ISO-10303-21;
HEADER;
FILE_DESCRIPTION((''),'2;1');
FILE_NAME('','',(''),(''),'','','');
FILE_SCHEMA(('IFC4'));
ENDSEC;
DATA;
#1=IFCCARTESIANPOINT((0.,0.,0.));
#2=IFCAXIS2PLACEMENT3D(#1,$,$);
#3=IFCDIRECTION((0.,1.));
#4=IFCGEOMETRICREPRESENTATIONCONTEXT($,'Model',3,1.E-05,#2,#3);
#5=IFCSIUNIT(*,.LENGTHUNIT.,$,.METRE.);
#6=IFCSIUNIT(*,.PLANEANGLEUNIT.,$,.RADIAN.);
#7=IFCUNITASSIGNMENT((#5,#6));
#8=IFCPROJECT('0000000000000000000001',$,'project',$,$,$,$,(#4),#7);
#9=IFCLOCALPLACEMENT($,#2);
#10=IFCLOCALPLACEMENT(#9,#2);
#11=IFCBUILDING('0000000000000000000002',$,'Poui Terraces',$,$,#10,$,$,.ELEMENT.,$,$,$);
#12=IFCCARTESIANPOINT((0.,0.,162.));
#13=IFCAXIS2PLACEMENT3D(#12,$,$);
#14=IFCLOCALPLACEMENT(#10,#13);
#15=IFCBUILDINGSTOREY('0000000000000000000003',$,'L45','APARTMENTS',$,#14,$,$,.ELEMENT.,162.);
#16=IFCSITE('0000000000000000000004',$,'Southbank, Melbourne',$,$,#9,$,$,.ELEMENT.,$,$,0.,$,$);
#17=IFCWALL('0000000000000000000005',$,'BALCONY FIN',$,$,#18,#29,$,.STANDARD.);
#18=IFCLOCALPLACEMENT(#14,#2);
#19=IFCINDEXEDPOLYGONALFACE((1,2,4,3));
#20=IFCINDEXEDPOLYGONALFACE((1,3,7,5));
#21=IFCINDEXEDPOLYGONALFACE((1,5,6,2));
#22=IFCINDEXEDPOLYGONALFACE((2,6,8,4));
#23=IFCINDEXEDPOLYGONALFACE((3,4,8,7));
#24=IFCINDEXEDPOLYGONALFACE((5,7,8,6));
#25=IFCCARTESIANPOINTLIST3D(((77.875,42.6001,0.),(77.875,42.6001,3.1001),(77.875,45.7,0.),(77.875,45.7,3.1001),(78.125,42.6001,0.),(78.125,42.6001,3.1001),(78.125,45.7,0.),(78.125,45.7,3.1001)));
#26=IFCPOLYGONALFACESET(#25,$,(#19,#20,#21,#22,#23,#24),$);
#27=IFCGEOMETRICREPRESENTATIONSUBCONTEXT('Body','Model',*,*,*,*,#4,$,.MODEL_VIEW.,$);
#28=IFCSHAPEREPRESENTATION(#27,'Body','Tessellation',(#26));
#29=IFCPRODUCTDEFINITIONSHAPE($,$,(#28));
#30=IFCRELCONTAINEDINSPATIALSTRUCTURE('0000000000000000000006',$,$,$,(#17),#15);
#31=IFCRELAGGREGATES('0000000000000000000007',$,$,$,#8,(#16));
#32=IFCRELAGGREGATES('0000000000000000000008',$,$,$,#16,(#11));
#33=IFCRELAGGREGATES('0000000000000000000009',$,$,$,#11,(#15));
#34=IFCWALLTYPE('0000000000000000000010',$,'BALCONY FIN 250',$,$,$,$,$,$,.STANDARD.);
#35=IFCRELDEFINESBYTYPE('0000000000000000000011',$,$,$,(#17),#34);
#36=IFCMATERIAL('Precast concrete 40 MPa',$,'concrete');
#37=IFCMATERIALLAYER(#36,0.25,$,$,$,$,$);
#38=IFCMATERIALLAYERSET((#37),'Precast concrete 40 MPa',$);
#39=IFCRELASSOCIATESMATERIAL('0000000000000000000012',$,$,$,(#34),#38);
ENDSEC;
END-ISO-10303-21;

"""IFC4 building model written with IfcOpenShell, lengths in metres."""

from ifc_helpers import new_model, si_unit, direction, frame, origin, place, context, subcontext, project, spatial, polyline, outline, extrude, source, transform, mapped, material, layer, layer_set, type_object, element, save


model = new_model("IFC4")

# Units and contexts
model_context = context("Model", 3, precision=1e-05, world=origin(), true_north=direction((0.0, 1.0)))
body_context = subcontext(model_context, "Body", "Model", "MODEL_VIEW")
ifc_project = project(units=[si_unit("LENGTHUNIT", "METRE"), si_unit("PLANEANGLEUNIT", "RADIAN")], contexts=[model_context])

# Site, building, storey
site_placement = place(None, origin())
site = spatial("IfcSite", under=ifc_project, at=site_placement, Name="Southbank, Melbourne", CompositionType="ELEMENT", RefElevation=0.0)
building_placement = place(site_placement, origin())
building = spatial("IfcBuilding", under=site, at=building_placement, Name="Poui Terraces", CompositionType="ELEMENT")
storey_placement = place(building_placement, frame((0.0, 0.0, 162.0)))
storey = spatial("IfcBuildingStorey", under=building, at=storey_placement, Name="L45", Description="APARTMENTS", CompositionType="ELEMENT", Elevation=162.0)

# Shared definitions
ifc_material_1 = material(Name="Precast concrete 40 MPa", Category="concrete")

# Wall
ifc_layer_1 = layer(ifc_material_1, 0.25)
ifc_layer_set_1 = layer_set([ifc_layer_1], Name="Precast concrete 40 MPa")
wall_type_1 = type_object("IfcWallType", Name="BALCONY FIN 250", PredefinedType="STANDARD", material=ifc_layer_set_1)
shared_shape_1 = source(origin(), body_context, "Body", "SweptSolid", [
    extrude(outline(polyline([(0.0, 0.0), (0.25, 0.0), (0.25, 3.0999), (0.0, 3.0999), (0.0, 0.0)])), origin(), (0.0, 0.0, 1.0), 3.1001),
])
wall_1_placement = place(storey_placement, frame((77.875, 42.6001, 0.0)))
element("IfcWall", 1, at=wall_1_placement, inside=storey, type_object=wall_type_1, Name="BALCONY FIN", PredefinedType="STANDARD", context=body_context, shape_type="MappedRepresentation", body=[
    mapped(shared_shape_1, transform((0.0, 0.0, 0.0))),
])

save(model, "model.ifc")
